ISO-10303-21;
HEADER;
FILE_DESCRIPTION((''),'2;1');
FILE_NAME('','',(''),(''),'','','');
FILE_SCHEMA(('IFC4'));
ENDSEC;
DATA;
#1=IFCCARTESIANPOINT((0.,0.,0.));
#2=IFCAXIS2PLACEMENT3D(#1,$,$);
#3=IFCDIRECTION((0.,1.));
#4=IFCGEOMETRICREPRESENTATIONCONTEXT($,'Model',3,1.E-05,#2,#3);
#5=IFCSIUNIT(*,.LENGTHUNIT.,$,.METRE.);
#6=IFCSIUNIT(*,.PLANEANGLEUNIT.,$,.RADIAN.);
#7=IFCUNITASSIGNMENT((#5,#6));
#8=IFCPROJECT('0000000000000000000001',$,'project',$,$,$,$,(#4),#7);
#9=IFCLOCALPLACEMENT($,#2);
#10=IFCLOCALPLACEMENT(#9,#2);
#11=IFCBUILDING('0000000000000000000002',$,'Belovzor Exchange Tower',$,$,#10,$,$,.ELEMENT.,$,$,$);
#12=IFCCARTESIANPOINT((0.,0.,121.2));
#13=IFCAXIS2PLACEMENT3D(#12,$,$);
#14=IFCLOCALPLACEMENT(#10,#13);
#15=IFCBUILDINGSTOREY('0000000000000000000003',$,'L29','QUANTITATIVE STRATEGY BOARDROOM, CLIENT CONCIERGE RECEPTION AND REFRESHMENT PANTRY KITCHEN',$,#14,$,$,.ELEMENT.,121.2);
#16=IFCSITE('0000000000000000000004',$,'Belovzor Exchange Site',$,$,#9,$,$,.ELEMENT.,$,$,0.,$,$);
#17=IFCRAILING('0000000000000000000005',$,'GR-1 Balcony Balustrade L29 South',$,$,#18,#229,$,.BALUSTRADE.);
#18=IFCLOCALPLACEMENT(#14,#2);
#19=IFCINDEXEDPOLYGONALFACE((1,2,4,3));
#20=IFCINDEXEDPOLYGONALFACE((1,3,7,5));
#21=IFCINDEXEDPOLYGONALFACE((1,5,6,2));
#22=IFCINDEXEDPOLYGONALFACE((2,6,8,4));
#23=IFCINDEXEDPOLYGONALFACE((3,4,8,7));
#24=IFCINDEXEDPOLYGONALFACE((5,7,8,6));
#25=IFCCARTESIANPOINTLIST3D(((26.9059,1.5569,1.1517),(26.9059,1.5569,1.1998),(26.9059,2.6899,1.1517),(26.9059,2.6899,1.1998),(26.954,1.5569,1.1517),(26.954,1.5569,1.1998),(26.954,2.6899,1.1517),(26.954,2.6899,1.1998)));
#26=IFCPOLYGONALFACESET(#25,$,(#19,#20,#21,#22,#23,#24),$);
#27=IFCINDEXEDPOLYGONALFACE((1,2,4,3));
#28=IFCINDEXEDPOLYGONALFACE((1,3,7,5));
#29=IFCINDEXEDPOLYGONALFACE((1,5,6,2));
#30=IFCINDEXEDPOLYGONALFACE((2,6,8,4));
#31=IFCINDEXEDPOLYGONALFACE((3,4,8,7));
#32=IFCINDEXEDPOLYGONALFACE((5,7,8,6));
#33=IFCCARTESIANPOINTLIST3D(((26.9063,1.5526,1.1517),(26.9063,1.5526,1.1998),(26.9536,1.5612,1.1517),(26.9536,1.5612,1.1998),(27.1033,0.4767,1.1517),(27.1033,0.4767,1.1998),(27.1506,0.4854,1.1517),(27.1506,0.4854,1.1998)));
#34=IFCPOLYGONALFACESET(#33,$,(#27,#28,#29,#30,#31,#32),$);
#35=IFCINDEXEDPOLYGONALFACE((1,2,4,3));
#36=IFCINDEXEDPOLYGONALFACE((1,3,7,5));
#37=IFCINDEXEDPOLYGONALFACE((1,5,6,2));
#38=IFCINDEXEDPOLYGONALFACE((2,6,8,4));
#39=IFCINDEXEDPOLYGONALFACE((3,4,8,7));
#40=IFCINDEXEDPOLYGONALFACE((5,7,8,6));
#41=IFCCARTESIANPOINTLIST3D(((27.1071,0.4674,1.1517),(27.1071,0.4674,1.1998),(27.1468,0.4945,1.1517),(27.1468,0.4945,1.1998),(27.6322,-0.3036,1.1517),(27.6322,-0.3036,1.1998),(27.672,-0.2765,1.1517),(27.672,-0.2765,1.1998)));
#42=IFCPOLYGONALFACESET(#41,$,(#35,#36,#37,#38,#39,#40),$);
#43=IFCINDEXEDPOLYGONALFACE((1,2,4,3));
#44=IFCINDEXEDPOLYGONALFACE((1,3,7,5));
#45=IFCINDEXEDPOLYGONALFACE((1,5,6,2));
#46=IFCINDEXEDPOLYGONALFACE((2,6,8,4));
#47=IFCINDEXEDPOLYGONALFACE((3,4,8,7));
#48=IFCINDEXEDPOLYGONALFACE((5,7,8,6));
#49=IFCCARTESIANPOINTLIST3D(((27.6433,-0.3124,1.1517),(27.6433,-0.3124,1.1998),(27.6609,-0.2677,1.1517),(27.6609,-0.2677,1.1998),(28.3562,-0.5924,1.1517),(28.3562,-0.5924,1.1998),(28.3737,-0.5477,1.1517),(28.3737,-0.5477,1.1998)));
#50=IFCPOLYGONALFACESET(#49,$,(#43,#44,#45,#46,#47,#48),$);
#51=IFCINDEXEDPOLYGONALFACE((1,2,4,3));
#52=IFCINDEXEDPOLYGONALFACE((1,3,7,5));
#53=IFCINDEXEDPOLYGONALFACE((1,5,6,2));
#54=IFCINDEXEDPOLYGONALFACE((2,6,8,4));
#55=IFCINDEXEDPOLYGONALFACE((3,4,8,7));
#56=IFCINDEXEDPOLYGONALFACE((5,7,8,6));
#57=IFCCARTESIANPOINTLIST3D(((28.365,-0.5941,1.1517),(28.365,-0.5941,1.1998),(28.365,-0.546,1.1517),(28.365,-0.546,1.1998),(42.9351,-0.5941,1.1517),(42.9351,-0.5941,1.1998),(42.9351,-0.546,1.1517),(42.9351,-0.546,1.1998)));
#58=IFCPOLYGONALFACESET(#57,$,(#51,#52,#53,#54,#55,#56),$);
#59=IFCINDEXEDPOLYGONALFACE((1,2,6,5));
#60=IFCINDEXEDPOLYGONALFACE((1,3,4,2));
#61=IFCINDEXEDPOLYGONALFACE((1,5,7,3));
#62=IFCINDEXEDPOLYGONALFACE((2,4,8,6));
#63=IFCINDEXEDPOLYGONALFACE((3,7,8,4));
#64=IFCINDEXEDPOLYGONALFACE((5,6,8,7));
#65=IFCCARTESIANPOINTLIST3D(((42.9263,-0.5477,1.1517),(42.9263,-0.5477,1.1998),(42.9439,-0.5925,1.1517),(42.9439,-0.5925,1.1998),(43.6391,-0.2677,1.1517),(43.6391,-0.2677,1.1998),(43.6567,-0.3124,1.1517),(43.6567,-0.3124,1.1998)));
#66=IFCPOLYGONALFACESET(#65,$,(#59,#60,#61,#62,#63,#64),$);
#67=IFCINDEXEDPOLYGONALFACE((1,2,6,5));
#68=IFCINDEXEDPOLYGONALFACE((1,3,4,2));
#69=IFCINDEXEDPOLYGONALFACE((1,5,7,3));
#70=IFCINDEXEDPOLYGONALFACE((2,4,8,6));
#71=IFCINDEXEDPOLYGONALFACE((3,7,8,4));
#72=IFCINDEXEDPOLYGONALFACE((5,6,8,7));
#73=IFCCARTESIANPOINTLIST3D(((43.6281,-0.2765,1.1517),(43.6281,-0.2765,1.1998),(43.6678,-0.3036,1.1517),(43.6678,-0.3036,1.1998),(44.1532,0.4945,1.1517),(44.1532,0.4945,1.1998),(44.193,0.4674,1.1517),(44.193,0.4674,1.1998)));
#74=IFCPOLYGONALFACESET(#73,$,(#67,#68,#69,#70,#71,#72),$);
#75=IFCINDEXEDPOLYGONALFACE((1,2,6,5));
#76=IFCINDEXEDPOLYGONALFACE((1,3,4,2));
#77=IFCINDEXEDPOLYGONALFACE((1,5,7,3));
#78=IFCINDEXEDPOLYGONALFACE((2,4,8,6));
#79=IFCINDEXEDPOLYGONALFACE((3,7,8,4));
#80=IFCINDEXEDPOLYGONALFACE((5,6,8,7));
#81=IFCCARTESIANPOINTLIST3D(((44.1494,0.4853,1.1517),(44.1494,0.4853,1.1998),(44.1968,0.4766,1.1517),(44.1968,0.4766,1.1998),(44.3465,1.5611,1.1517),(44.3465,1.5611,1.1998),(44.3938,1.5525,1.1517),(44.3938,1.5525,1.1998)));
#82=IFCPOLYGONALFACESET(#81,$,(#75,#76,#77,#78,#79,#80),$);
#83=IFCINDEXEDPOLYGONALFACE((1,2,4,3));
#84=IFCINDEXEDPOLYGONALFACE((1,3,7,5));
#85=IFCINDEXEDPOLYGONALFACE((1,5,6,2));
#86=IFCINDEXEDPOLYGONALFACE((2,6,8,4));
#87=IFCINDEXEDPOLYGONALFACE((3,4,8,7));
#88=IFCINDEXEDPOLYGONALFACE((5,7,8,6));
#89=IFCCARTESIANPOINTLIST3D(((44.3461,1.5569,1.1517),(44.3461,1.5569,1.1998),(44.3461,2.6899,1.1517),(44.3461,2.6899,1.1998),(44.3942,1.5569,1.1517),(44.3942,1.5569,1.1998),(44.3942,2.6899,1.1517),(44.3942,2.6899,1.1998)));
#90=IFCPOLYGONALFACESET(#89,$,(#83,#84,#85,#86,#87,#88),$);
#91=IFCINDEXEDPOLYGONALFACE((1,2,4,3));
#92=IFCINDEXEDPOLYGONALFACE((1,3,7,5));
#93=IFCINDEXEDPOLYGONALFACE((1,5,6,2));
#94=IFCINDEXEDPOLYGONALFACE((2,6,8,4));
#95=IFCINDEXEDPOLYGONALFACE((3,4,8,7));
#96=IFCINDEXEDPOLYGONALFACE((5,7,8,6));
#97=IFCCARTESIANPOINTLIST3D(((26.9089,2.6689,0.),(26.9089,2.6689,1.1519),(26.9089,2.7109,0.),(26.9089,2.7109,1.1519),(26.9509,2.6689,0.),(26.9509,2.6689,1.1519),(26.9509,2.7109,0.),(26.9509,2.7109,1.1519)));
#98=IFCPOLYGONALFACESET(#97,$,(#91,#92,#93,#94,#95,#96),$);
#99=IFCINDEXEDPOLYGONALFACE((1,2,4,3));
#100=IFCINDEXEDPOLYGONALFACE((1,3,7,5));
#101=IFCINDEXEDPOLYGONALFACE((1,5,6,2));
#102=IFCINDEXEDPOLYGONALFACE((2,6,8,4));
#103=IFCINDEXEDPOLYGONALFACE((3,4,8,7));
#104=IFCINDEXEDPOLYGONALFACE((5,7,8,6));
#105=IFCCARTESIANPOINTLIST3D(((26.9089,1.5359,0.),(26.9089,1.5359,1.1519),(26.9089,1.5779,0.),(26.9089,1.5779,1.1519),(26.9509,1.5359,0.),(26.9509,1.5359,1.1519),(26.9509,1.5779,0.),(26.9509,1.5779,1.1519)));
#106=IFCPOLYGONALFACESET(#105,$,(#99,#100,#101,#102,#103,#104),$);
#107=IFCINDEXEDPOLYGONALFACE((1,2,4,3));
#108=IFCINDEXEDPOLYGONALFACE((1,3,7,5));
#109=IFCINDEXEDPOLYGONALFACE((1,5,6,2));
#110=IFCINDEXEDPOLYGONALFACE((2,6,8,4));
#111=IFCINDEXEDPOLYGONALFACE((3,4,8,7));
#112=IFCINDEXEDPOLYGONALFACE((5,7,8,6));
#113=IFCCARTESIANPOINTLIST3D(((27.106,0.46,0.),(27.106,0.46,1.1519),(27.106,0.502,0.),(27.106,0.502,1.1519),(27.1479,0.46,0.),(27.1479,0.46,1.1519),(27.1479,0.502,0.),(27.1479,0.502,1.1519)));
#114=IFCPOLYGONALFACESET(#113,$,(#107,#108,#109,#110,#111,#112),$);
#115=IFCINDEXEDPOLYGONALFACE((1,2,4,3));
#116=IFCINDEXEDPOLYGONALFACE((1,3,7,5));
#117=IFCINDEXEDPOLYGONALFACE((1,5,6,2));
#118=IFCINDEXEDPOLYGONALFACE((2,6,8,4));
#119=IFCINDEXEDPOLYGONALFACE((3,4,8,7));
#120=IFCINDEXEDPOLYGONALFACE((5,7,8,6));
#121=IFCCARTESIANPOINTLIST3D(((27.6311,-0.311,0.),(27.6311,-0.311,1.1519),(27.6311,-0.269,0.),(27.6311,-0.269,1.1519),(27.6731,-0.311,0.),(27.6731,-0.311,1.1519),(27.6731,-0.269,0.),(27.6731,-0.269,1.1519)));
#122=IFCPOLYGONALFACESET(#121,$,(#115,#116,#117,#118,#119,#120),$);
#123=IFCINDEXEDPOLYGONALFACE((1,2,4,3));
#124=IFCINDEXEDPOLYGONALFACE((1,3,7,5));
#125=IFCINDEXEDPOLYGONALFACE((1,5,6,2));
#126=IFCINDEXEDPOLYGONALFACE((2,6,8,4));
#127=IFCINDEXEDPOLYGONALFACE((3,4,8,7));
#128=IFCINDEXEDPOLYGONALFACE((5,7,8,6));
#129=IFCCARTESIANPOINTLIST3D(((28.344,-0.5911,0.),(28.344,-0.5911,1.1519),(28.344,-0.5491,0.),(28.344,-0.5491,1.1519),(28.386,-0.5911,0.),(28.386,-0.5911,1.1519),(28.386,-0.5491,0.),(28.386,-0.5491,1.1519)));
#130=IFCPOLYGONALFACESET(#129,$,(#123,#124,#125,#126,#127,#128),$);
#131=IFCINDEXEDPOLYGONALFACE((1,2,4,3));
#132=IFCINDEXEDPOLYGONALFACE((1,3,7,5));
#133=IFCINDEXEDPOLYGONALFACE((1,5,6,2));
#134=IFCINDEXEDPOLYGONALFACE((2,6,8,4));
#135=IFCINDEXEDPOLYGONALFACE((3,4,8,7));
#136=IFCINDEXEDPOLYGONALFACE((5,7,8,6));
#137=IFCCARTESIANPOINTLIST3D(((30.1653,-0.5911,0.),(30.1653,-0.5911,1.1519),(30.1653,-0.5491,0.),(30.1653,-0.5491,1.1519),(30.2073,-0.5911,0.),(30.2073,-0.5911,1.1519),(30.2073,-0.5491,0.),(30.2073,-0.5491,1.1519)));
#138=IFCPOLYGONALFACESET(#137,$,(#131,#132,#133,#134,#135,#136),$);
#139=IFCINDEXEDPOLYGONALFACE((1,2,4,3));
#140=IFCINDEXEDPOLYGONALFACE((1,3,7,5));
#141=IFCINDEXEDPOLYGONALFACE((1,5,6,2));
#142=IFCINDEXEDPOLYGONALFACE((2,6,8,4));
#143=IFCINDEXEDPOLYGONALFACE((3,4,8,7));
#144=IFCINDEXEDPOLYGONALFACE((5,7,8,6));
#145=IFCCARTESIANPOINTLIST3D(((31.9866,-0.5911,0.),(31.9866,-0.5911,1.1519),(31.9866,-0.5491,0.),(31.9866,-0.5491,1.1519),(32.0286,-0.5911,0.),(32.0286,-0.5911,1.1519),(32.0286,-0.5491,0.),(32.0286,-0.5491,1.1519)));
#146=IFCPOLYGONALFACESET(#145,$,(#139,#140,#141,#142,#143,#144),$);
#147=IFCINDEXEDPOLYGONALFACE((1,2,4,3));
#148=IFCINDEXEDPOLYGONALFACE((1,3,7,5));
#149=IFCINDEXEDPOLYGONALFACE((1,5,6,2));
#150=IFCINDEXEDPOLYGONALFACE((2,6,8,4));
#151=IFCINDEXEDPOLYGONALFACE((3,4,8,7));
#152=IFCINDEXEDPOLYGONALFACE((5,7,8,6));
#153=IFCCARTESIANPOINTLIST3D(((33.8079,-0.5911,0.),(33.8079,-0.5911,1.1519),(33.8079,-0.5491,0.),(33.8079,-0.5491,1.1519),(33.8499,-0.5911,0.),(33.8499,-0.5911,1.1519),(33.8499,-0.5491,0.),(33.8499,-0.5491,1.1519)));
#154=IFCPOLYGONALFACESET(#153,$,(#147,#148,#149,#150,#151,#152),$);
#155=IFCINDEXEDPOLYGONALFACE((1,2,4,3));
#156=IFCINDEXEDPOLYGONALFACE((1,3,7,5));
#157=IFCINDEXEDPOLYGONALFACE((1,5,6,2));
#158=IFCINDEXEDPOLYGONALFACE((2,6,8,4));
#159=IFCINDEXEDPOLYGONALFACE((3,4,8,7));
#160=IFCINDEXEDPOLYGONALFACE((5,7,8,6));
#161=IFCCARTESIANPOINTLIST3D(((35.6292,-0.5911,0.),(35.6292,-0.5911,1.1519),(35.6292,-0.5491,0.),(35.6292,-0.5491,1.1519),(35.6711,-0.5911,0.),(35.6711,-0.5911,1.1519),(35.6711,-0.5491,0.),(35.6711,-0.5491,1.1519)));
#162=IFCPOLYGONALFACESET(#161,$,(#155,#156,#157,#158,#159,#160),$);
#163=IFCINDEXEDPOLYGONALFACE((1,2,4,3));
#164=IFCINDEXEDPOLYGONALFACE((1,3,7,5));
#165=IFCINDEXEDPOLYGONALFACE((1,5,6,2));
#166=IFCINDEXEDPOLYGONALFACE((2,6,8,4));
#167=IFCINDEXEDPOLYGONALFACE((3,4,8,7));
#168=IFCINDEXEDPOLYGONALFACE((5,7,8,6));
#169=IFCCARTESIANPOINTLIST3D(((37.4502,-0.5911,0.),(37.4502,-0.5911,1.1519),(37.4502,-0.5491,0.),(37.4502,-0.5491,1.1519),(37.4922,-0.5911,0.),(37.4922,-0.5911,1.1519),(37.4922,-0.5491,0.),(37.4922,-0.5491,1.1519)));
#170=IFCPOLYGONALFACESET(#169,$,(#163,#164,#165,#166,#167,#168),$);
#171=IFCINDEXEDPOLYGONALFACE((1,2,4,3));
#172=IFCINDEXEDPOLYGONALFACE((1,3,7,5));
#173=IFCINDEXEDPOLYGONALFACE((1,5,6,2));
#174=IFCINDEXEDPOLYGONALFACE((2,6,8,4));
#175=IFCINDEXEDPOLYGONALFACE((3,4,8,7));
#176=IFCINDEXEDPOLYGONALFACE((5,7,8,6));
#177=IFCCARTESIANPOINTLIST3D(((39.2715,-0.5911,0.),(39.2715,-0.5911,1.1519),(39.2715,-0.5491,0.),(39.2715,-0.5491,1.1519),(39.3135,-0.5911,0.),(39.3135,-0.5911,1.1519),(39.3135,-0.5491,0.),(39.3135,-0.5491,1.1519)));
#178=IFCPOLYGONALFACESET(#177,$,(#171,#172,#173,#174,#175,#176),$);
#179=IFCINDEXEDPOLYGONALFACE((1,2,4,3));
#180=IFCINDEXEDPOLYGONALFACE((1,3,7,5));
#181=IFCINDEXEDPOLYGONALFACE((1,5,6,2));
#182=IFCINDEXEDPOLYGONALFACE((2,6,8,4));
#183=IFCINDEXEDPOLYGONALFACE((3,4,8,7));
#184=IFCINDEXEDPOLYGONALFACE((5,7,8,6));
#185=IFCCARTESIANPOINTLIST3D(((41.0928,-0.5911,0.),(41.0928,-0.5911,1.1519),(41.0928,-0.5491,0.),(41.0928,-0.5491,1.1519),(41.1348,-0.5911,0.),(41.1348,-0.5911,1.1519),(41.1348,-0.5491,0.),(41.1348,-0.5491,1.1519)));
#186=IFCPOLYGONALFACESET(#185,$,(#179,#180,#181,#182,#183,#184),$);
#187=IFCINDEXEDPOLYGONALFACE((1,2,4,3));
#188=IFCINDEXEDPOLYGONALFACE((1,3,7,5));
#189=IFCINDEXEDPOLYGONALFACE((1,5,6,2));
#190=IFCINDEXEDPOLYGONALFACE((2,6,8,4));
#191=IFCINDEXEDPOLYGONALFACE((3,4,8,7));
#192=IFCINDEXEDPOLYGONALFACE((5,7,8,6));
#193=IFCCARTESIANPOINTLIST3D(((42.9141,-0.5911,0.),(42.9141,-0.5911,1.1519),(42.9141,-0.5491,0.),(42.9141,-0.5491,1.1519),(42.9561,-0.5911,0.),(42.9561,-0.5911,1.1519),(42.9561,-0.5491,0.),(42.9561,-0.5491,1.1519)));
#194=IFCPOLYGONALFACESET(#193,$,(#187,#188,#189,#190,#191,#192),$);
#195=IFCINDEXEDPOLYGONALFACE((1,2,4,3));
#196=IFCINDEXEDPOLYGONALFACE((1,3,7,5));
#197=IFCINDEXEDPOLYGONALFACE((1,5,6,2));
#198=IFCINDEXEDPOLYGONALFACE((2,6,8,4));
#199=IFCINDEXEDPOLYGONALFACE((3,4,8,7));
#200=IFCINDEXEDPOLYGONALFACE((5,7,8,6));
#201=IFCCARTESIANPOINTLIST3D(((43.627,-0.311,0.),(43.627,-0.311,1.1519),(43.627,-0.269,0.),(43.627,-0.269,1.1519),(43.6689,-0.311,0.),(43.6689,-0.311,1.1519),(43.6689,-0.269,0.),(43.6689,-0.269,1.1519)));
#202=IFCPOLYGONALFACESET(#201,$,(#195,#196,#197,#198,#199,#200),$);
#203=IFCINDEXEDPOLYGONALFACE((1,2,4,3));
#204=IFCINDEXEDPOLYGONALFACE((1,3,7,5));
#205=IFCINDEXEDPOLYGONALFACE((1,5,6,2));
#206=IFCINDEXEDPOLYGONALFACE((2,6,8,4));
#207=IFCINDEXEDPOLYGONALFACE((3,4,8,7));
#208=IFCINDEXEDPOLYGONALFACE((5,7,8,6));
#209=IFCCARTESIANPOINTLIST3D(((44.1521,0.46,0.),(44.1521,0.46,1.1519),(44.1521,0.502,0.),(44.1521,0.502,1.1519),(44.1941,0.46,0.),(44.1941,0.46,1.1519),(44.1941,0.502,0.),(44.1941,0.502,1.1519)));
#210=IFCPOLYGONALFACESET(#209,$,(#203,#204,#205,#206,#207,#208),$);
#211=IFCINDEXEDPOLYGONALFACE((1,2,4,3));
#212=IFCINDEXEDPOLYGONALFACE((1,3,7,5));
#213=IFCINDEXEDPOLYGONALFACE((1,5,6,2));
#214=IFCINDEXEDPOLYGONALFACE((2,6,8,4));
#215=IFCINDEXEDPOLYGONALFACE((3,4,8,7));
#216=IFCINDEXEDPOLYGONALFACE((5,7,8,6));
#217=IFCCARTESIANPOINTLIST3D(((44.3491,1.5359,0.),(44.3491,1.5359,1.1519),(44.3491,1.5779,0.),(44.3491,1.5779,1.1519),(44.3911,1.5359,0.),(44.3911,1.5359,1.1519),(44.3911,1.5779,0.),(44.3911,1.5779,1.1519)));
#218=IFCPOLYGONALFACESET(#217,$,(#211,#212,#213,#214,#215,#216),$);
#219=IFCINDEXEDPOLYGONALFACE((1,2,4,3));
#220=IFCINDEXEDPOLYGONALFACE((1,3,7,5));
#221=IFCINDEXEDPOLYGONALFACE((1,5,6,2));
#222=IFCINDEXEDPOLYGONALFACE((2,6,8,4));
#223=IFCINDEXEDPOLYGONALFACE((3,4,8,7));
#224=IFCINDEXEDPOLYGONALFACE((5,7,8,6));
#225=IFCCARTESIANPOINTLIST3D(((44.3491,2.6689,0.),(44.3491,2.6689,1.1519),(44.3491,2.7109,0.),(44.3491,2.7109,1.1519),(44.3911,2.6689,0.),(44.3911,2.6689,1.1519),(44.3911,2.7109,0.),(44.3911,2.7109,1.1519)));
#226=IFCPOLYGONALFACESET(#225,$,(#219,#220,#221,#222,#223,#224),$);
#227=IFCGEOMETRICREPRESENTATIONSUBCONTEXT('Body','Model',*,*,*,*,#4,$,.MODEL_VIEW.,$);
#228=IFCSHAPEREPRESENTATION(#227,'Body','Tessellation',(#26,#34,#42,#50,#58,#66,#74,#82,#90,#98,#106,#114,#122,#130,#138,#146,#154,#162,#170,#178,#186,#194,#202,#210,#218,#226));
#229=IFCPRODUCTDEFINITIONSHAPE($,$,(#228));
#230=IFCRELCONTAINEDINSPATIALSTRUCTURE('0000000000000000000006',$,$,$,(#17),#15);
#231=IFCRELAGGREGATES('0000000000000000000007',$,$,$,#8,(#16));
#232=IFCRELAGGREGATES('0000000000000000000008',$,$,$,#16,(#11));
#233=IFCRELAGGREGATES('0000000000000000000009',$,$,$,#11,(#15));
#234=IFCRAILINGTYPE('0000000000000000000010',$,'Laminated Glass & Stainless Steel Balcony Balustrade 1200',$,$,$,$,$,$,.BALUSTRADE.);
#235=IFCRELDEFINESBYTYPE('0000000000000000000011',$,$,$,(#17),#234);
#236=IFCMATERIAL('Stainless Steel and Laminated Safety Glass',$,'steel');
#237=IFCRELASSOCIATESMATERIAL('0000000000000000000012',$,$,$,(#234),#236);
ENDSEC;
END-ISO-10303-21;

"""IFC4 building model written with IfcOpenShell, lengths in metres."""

from ifc_helpers import new_model, si_unit, direction, frame, origin, origin_2d, place, context, subcontext, project, spatial, rectangle, extrude, material, type_object, element, save


model = new_model("IFC4")

# Units and contexts
model_context = context("Model", 3, precision=1e-05, world=origin(), true_north=direction((0.0, 1.0)))
body_context = subcontext(model_context, "Body", "Model", "MODEL_VIEW")
ifc_project = project(units=[si_unit("LENGTHUNIT", "METRE"), si_unit("PLANEANGLEUNIT", "RADIAN")], contexts=[model_context])

# Site, building, storey
site_placement = place(None, origin())
site = spatial("IfcSite", under=ifc_project, at=site_placement, Name="Belovzor Exchange Site", CompositionType="ELEMENT", RefElevation=0.0)
building_placement = place(site_placement, origin())
building = spatial("IfcBuilding", under=site, at=building_placement, Name="Belovzor Exchange Tower", CompositionType="ELEMENT")
storey_placement = place(building_placement, frame((0.0, 0.0, 121.2)))
storey = spatial("IfcBuildingStorey", under=building, at=storey_placement, Name="L29", Description="QUANTITATIVE STRATEGY BOARDROOM, CLIENT CONCIERGE RECEPTION AND REFRESHMENT PANTRY KITCHEN", CompositionType="ELEMENT", Elevation=121.2)

# Railing
ifc_material_1 = material(Name="Stainless Steel and Laminated Safety Glass", Category="steel")
railing_type = type_object("IfcRailingType", Name="Laminated Glass & Stainless Steel Balcony Balustrade 1200", PredefinedType="BALUSTRADE", material=ifc_material_1)
railing_placement = place(storey_placement, frame((26.9299, 2.6899, 0.0)))
element("IfcRailing", 1, at=railing_placement, inside=storey, type_object=railing_type, Name="GR-1 Balcony Balustrade L29 South", PredefinedType="BALUSTRADE", context=body_context, shape_type="SweptSolid", body=[
    extrude(rectangle(XDim=0.0481, YDim=0.0481, at=origin_2d()), frame((0.0, 0.0, 1.1758), z_axis=(0.0, -1.0, 0.0), x_axis=(1.0, 0.0, 0.0)), (0.0, 0.0, 1.0), 1.1331),
    extrude(rectangle(XDim=0.0481, YDim=0.0481, at=origin_2d()), frame((0.0, -1.1331, 1.1758), z_axis=(0.180123, -0.983644, 0.0), x_axis=(0.983644, 0.180123, 0.0)), (0.0, 0.0, 1.0), 1.0938),
    extrude(rectangle(XDim=0.0481, YDim=0.0481, at=origin_2d()), frame((0.197, -2.209, 1.1758), z_axis=(0.562947, -0.826493, 0.0), x_axis=(0.826493, 0.562947, 0.0)), (0.0, 0.0, 1.0), 0.9329),
    extrude(rectangle(XDim=0.0481, YDim=0.0481, at=origin_2d()), frame((0.7222, -2.98, 1.1758), z_axis=(0.930767, -0.365613, 0.0), x_axis=(0.365613, 0.930767, 0.0)), (0.0, 0.0, 1.0), 0.7659),
    extrude(rectangle(XDim=0.0481, YDim=0.0481, at=origin_2d()), frame((1.4351, -3.26, 1.1758), z_axis=(1.0, 0.0, 0.0), x_axis=(0.0, 1.0, 0.0)), (0.0, 0.0, 1.0), 14.5701),
    extrude(rectangle(XDim=0.0481, YDim=0.0481, at=origin_2d()), frame((16.0051, -3.26, 1.1758), z_axis=(0.930767, 0.365613, 0.0), x_axis=(-0.365613, 0.930767, 0.0)), (0.0, 0.0, 1.0), 0.7659),
    extrude(rectangle(XDim=0.0481, YDim=0.0481, at=origin_2d()), frame((16.718, -2.98, 1.1758), z_axis=(0.562947, 0.826493, 0.0), x_axis=(-0.826493, 0.562947, 0.0)), (0.0, 0.0, 1.0), 0.9329),
    extrude(rectangle(XDim=0.0481, YDim=0.0481, at=origin_2d()), frame((17.2432, -2.209, 1.1758), z_axis=(0.180123, 0.983644, 0.0), x_axis=(-0.983644, 0.180123, 0.0)), (0.0, 0.0, 1.0), 1.0938),
    extrude(rectangle(XDim=0.0481, YDim=0.0481, at=origin_2d()), frame((17.4402, -1.1331, 1.1758), z_axis=(0.0, 1.0, 0.0), x_axis=(-1.0, 0.0, 0.0)), (0.0, 0.0, 1.0), 1.1331),
    extrude(rectangle(XDim=0.042, YDim=0.042, at=origin_2d()), origin(), (0.0, 0.0, 1.0), 1.1519),
    extrude(rectangle(XDim=0.042, YDim=0.042, at=origin_2d()), frame((0.0, -1.1331, 0.0)), (0.0, 0.0, 1.0), 1.1519),
    extrude(rectangle(XDim=0.042, YDim=0.042, at=origin_2d()), frame((0.197, -2.209, 0.0)), (0.0, 0.0, 1.0), 1.1519),
    extrude(rectangle(XDim=0.042, YDim=0.042, at=origin_2d()), frame((0.7222, -2.98, 0.0)), (0.0, 0.0, 1.0), 1.1519),
    extrude(rectangle(XDim=0.042, YDim=0.042, at=origin_2d()), frame((1.4351, -3.26, 0.0)), (0.0, 0.0, 1.0), 1.1519),
    extrude(rectangle(XDim=0.042, YDim=0.042, at=origin_2d()), frame((3.2563, -3.26, 0.0)), (0.0, 0.0, 1.0), 1.1519),
    extrude(rectangle(XDim=0.042, YDim=0.042, at=origin_2d()), frame((5.0776, -3.26, 0.0)), (0.0, 0.0, 1.0), 1.1519),
    extrude(rectangle(XDim=0.042, YDim=0.042, at=origin_2d()), frame((6.8989, -3.26, 0.0)), (0.0, 0.0, 1.0), 1.1519),
    extrude(rectangle(XDim=0.042, YDim=0.042, at=origin_2d()), frame((8.7202, -3.26, 0.0)), (0.0, 0.0, 1.0), 1.1519),
    extrude(rectangle(XDim=0.042, YDim=0.042, at=origin_2d()), frame((10.5413, -3.26, 0.0)), (0.0, 0.0, 1.0), 1.1519),
    extrude(rectangle(XDim=0.042, YDim=0.042, at=origin_2d()), frame((12.3625, -3.26, 0.0)), (0.0, 0.0, 1.0), 1.1519),
    extrude(rectangle(XDim=0.042, YDim=0.042, at=origin_2d()), frame((14.1838, -3.26, 0.0)), (0.0, 0.0, 1.0), 1.1519),
    extrude(rectangle(XDim=0.042, YDim=0.042, at=origin_2d()), frame((16.0051, -3.26, 0.0)), (0.0, 0.0, 1.0), 1.1519),
    extrude(rectangle(XDim=0.042, YDim=0.042, at=origin_2d()), frame((16.718, -2.98, 0.0)), (0.0, 0.0, 1.0), 1.1519),
    extrude(rectangle(XDim=0.042, YDim=0.042, at=origin_2d()), frame((17.2432, -2.209, 0.0)), (0.0, 0.0, 1.0), 1.1519),
    extrude(rectangle(XDim=0.042, YDim=0.042, at=origin_2d()), frame((17.4402, -1.1331, 0.0)), (0.0, 0.0, 1.0), 1.1519),
    extrude(rectangle(XDim=0.042, YDim=0.042, at=origin_2d()), frame((17.4402, 0.0, 0.0)), (0.0, 0.0, 1.0), 1.1519),
])

save(model, "model.ifc")
